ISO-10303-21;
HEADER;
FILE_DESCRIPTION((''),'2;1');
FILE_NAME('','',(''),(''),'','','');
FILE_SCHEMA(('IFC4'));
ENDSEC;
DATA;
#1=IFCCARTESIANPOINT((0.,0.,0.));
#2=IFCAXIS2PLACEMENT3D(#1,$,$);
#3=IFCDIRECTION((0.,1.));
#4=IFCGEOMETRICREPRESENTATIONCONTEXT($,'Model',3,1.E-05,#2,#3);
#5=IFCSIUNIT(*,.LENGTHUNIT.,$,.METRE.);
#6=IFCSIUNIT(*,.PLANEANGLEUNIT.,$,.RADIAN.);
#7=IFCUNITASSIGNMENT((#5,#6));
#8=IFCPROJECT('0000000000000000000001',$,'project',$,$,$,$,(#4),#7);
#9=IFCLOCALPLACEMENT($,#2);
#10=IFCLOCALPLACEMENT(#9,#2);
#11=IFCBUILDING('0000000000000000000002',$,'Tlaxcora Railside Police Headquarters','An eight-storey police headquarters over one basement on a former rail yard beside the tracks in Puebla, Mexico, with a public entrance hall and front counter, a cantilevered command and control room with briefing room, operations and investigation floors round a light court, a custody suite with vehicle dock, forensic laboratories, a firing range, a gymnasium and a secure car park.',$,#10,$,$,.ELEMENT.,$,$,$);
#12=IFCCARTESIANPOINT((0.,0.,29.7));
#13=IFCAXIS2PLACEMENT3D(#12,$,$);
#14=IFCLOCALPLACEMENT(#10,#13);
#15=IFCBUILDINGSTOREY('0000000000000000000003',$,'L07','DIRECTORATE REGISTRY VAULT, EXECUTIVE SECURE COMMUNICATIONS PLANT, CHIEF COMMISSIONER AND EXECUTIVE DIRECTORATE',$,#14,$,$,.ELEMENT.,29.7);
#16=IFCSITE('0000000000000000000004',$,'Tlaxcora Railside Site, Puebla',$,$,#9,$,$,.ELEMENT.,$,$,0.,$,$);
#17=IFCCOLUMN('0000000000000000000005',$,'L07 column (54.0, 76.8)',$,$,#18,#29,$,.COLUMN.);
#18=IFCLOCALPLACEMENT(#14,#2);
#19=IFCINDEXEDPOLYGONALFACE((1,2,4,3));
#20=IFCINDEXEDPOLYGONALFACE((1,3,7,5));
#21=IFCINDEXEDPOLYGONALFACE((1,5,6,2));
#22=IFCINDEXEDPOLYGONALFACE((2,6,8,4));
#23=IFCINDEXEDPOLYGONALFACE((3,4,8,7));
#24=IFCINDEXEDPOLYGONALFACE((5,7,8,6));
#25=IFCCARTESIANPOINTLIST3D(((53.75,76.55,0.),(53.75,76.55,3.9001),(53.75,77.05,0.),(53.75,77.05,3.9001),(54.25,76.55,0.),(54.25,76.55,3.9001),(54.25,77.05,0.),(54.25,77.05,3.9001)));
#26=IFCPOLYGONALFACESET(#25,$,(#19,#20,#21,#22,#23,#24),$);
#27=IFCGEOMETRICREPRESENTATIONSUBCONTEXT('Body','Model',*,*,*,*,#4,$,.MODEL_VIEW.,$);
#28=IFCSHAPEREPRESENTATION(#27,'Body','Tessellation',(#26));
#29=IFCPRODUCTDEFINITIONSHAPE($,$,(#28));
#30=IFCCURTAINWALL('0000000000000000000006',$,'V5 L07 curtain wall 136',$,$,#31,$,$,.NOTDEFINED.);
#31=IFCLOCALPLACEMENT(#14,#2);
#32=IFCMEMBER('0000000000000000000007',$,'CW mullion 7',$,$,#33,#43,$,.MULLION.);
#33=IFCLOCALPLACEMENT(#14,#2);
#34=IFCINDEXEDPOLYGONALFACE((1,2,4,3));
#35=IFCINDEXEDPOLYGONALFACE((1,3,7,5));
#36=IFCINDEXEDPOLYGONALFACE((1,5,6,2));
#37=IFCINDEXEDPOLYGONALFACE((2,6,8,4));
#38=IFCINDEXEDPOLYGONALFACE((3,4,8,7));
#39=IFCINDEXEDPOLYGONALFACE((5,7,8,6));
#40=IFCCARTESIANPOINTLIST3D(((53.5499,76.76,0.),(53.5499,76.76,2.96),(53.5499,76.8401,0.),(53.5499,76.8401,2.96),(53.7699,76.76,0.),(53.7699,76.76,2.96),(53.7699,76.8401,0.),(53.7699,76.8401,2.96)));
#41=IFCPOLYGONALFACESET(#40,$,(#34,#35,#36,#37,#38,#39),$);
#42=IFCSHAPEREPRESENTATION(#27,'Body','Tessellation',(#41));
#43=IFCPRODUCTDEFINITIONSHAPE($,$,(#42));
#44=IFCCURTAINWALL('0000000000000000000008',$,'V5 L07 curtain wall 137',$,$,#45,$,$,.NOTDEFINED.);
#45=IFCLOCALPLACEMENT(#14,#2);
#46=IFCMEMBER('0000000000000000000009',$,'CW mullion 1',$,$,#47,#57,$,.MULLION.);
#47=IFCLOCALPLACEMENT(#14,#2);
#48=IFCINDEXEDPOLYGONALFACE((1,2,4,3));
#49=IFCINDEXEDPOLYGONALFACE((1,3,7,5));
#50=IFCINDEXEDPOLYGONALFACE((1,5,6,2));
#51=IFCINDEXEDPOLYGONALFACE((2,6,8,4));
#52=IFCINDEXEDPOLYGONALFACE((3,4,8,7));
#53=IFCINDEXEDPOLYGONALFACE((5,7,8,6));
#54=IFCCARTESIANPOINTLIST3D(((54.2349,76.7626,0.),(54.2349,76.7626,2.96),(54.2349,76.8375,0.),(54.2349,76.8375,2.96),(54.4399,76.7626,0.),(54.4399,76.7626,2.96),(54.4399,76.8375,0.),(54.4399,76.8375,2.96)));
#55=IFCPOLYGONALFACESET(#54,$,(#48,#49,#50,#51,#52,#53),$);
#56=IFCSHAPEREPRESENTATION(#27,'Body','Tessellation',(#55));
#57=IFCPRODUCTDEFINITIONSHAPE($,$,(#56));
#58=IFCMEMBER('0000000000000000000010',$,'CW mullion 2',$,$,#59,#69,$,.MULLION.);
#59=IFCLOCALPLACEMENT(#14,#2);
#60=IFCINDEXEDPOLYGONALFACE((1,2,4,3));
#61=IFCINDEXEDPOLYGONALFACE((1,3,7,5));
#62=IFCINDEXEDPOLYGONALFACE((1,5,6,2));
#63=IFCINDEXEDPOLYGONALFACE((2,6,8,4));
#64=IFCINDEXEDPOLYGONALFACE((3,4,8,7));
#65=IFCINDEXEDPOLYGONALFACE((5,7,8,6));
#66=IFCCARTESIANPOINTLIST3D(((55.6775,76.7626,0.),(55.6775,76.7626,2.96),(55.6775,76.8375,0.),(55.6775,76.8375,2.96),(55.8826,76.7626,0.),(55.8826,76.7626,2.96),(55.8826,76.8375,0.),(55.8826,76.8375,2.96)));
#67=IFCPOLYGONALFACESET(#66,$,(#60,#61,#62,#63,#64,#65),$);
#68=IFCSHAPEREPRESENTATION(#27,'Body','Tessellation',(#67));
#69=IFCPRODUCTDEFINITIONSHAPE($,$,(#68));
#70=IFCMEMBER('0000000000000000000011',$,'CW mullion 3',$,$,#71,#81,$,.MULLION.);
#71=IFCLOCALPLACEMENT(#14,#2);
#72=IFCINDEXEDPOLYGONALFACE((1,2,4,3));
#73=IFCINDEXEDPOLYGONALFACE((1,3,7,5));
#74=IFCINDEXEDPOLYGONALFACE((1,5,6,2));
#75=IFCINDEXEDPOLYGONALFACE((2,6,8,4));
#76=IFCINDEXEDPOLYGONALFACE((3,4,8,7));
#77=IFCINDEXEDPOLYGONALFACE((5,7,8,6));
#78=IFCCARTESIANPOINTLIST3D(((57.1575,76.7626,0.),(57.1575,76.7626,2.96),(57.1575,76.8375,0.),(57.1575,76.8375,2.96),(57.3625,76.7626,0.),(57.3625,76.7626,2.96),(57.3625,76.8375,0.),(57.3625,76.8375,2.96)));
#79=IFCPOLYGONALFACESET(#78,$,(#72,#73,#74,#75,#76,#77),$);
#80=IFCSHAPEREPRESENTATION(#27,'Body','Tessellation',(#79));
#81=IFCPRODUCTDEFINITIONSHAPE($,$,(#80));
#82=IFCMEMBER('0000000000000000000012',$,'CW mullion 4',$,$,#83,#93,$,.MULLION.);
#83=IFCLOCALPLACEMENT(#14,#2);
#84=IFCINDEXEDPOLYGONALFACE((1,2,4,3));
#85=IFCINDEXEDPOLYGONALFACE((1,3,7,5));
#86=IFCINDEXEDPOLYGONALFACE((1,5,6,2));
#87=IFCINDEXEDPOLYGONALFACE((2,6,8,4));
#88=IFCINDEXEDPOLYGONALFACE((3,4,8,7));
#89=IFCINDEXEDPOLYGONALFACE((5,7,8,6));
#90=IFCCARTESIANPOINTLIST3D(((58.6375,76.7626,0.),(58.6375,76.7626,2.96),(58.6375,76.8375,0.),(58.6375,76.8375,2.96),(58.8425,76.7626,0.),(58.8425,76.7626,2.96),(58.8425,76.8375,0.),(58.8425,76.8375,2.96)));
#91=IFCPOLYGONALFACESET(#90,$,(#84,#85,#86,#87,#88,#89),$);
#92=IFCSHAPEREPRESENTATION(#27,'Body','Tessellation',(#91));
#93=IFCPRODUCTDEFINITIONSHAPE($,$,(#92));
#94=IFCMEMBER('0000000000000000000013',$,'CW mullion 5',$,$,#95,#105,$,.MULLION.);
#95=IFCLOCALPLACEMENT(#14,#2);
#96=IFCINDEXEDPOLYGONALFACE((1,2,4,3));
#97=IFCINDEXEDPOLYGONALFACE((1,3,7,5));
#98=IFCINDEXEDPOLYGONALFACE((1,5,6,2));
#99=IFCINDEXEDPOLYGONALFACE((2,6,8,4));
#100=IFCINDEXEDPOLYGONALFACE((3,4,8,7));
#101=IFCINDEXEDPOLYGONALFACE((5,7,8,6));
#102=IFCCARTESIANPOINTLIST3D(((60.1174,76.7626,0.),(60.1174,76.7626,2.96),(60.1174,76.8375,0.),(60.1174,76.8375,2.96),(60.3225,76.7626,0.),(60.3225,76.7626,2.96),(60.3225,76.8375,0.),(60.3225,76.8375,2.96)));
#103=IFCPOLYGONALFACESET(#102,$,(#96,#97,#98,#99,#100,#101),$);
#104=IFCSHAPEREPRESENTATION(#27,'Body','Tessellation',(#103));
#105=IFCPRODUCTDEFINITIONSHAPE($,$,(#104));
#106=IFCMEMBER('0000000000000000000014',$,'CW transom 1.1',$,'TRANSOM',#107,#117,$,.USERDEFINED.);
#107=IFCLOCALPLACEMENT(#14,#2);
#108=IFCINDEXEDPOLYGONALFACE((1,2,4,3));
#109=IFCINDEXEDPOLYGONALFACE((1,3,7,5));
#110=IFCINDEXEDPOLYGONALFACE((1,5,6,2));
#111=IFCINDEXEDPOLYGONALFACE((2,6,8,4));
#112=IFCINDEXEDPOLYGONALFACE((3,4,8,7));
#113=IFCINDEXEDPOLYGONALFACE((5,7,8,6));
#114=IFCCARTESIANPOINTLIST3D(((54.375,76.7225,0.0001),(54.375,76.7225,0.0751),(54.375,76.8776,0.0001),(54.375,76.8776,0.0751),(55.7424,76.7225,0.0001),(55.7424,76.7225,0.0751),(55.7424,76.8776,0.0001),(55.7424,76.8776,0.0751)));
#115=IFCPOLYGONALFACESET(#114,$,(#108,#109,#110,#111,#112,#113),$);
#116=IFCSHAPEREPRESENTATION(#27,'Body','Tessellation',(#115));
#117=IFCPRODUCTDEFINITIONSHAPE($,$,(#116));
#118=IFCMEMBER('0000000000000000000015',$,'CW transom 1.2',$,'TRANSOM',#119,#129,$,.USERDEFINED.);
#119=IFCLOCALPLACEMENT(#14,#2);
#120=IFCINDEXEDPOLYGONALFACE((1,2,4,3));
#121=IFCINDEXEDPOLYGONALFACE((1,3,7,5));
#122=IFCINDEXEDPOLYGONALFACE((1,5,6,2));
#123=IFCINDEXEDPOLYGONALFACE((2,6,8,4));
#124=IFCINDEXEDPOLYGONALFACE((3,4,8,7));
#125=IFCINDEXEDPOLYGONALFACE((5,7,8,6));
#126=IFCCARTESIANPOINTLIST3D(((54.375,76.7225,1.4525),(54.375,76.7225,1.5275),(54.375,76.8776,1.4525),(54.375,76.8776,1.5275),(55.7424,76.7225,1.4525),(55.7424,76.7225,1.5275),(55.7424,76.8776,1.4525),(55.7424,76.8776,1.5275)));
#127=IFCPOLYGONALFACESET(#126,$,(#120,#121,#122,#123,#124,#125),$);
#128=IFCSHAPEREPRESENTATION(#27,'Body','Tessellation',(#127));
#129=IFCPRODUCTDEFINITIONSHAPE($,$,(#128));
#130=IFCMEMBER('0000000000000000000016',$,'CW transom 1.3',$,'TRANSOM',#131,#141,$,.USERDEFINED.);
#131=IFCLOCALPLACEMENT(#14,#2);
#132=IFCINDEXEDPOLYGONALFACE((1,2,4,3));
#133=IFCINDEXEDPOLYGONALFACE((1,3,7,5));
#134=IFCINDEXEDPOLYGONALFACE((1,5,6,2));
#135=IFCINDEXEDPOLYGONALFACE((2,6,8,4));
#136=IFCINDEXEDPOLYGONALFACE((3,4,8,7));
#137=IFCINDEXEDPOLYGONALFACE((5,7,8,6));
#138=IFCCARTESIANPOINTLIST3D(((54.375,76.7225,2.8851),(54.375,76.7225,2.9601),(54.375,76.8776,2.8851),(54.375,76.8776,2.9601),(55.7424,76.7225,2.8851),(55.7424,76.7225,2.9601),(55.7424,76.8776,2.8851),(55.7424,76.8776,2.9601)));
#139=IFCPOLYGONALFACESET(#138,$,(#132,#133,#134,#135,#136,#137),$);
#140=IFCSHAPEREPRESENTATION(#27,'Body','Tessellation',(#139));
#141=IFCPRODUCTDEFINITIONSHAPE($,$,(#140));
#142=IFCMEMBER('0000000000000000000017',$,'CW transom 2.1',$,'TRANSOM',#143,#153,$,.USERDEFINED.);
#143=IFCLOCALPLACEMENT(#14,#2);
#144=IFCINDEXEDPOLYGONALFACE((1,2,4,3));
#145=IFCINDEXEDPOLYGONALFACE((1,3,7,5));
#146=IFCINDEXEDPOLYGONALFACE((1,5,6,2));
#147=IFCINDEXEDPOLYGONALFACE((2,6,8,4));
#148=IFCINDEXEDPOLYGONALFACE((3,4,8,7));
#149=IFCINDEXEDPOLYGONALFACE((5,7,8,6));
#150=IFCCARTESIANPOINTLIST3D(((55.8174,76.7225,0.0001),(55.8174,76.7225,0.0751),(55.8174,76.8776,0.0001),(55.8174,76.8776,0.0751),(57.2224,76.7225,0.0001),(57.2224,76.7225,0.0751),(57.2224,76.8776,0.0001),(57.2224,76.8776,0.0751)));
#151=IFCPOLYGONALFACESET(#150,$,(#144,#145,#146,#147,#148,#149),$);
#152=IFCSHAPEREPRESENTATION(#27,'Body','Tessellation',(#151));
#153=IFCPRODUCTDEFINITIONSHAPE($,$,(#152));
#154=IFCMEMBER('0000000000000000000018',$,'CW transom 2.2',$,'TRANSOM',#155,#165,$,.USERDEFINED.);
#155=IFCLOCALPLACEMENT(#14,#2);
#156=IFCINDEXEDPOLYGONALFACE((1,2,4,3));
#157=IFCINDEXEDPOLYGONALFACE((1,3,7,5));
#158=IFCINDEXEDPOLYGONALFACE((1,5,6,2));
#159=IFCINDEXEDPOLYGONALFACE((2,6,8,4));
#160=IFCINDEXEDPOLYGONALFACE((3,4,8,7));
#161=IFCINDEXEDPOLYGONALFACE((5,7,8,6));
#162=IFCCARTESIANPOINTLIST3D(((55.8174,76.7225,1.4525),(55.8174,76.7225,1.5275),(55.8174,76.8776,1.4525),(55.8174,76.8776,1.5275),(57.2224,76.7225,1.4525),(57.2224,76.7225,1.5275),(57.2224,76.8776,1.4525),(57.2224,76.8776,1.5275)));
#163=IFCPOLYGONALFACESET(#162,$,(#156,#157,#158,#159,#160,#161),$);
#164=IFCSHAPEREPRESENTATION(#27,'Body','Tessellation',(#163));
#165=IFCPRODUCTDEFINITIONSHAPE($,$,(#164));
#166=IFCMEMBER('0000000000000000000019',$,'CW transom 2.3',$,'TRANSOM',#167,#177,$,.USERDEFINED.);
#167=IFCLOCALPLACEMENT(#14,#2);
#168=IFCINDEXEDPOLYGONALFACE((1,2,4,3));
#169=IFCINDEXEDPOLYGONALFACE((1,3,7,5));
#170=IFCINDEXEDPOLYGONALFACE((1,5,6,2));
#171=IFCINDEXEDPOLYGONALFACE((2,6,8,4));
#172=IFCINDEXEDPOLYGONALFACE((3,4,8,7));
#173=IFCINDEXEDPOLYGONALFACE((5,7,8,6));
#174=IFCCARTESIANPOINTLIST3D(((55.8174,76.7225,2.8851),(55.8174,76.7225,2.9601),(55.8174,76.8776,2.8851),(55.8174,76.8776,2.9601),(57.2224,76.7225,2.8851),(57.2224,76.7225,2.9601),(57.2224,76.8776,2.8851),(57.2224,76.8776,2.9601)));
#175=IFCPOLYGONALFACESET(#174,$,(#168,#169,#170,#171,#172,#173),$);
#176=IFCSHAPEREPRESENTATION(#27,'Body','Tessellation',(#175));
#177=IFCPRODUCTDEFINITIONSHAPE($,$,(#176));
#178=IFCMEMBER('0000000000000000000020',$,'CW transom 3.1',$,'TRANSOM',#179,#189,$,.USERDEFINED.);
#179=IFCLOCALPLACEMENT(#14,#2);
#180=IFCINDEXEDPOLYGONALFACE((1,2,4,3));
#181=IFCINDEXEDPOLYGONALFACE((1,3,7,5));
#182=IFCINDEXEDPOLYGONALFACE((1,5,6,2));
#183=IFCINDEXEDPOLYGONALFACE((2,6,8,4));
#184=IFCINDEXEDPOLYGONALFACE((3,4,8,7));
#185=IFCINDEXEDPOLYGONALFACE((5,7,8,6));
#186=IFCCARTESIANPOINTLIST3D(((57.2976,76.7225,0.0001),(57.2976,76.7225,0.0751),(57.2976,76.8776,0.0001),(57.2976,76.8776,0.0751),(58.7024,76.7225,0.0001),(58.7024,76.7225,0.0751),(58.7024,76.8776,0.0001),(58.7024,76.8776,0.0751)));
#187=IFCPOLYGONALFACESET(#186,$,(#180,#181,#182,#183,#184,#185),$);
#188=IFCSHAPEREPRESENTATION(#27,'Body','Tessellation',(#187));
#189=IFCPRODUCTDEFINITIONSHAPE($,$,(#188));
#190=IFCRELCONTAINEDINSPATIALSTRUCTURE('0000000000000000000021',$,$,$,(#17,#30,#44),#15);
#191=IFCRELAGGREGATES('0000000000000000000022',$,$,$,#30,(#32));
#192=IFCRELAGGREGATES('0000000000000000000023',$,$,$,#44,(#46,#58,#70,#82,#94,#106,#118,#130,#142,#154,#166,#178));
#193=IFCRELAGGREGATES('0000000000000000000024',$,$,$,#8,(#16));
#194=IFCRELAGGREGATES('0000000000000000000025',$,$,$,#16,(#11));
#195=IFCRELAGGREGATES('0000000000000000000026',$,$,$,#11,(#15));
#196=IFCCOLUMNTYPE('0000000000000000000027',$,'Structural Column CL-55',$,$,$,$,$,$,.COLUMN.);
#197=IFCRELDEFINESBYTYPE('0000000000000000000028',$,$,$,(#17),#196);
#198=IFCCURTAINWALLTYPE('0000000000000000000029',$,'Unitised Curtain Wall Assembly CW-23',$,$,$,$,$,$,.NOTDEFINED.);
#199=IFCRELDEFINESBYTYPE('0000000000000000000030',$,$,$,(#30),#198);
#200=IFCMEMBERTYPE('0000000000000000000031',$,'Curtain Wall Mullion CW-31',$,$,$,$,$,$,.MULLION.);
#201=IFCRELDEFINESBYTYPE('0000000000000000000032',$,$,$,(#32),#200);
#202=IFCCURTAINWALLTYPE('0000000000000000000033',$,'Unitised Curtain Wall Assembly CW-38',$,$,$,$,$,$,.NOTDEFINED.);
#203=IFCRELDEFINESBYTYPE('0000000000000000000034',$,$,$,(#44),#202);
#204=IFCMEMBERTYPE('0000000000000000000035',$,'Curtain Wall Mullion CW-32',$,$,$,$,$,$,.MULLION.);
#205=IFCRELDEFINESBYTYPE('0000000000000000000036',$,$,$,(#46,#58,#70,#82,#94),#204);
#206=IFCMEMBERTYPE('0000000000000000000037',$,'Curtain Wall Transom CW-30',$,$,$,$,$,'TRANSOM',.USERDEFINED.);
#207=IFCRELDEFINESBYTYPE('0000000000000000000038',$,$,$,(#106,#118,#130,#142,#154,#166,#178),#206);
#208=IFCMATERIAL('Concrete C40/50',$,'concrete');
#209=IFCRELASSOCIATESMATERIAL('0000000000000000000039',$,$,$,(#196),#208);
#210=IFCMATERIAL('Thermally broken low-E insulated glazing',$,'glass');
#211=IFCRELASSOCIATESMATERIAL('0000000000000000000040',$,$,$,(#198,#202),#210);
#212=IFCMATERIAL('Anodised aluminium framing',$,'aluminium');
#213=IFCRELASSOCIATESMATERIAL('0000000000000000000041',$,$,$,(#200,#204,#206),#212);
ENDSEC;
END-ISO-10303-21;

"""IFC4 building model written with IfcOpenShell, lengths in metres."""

from ifc_helpers import new_model, si_unit, direction, frame, origin, origin_2d, place, context, subcontext, project, spatial, rectangle, extrude, material, material_profile, profile_set, type_object, element, aggregate, save


model = new_model("IFC4")

# Units and contexts
model_context = context("Model", 3, precision=1e-05, world=origin(), true_north=direction((0.0, 1.0)))
body_context = subcontext(model_context, "Body", "Model", "MODEL_VIEW")
ifc_project = project(units=[si_unit("LENGTHUNIT", "METRE"), si_unit("PLANEANGLEUNIT", "RADIAN")], contexts=[model_context])

# Site, building, storey
site_placement = place(None, origin())
site = spatial("IfcSite", under=ifc_project, at=site_placement, Name="Tlaxcora Railside Site, Puebla", CompositionType="ELEMENT", RefElevation=0.0)
building_placement = place(site_placement, origin())
building = spatial("IfcBuilding", under=site, at=building_placement, Name="Tlaxcora Railside Police Headquarters", Description="An eight-storey police headquarters over one basement on a former rail yard beside the tracks in Puebla, Mexico, with a public entrance hall and front counter, a cantilevered command and control room with briefing room, operations and investigation floors round a light court, a custody suite with vehicle dock, forensic laboratories, a firing range, a gymnasium and a secure car park.", CompositionType="ELEMENT")
storey_placement = place(building_placement, frame((0.0, 0.0, 29.7)))
storey = spatial("IfcBuildingStorey", under=building, at=storey_placement, Name="L07", Description="DIRECTORATE REGISTRY VAULT, EXECUTIVE SECURE COMMUNICATIONS PLANT, CHIEF COMMISSIONER AND EXECUTIVE DIRECTORATE", CompositionType="ELEMENT", Elevation=29.7)

# Column
ifc_material_1 = material(Name="Concrete C40/50", Category="concrete")
ifc_material_profile_1 = material_profile(ifc_material_1, rectangle(XDim=0.5, YDim=0.5, at=origin_2d()), Name="RC500X500")
ifc_profile_set_1 = profile_set([ifc_material_profile_1], Name="Concrete C40/50")
column_type = type_object("IfcColumnType", Name="Structural Column CL-55", PredefinedType="COLUMN", material=ifc_profile_set_1)
column_placement = place(storey_placement, frame((54.0, 76.8, 0.0), z_axis=(0.0, 0.0, 1.0), x_axis=(1.0, 0.0, 0.0)))
element("IfcColumn", 1, at=column_placement, inside=storey, type_object=column_type, Name="L07 column (54.0, 76.8)", PredefinedType="COLUMN", context=body_context, shape_type="SweptSolid", body=[
    extrude(rectangle(XDim=0.5, YDim=0.5, at=origin_2d()), origin(), (0.0, 0.0, 1.0), 3.9001),
])

# Curtain wall, member
ifc_material_2 = material(Name="Thermally broken low-E insulated glazing", Category="glass")
curtain_wall_type_1 = type_object("IfcCurtainWallType", Name="Unitised Curtain Wall Assembly CW-23", PredefinedType="NOTDEFINED", material=ifc_material_2)
curtain_wall_1_placement = place(storey_placement, origin())
curtain_wall_1 = element("IfcCurtainWall", 2, at=curtain_wall_1_placement, inside=storey, type_object=curtain_wall_type_1, Name="V5 L07 curtain wall 136", PredefinedType="NOTDEFINED")
ifc_material_3 = material(Name="Anodised aluminium framing", Category="aluminium")
ifc_material_profile_2 = material_profile(ifc_material_3, rectangle(XDim=0.0801, YDim=0.22, at=origin_2d()), Name="AL80X220")
ifc_profile_set_2 = profile_set([ifc_material_profile_2], Name="Anodised aluminium framing")
member_type_1 = type_object("IfcMemberType", Name="Curtain Wall Mullion CW-31", PredefinedType="MULLION", material=ifc_profile_set_2)
member_1_placement = place(storey_placement, frame((53.6599, 76.8, 0.0), z_axis=(0.0, 0.0, 1.0), x_axis=(0.0, 1.0, 0.0)))
member_1 = element("IfcMember", 3, at=member_1_placement, type_object=member_type_1, Name="CW mullion 7", PredefinedType="MULLION", context=body_context, shape_type="SweptSolid", body=[
    extrude(rectangle(XDim=0.0801, YDim=0.22, at=origin_2d()), origin(), (0.0, 0.0, 1.0), 2.96),
])
aggregate(curtain_wall_1, [member_1])

# Curtain wall, members
curtain_wall_type_2 = type_object("IfcCurtainWallType", Name="Unitised Curtain Wall Assembly CW-38", PredefinedType="NOTDEFINED", material=ifc_material_2)
curtain_wall_2_placement = place(storey_placement, origin())
curtain_wall_2 = element("IfcCurtainWall", 4, at=curtain_wall_2_placement, inside=storey, type_object=curtain_wall_type_2, Name="V5 L07 curtain wall 137", PredefinedType="NOTDEFINED")
ifc_material_profile_3 = material_profile(ifc_material_3, rectangle(XDim=0.075, YDim=0.2051, at=origin_2d()), Name="AL75X205")
ifc_profile_set_3 = profile_set([ifc_material_profile_3], Name="Anodised aluminium framing")
member_type_2 = type_object("IfcMemberType", Name="Curtain Wall Mullion CW-32", PredefinedType="MULLION", material=ifc_profile_set_3)
member_2_placement = place(storey_placement, frame((54.3374, 76.8, 0.0), z_axis=(0.0, 0.0, 1.0), x_axis=(0.0, 1.0, 0.0)))
member_2 = element("IfcMember", 5, at=member_2_placement, type_object=member_type_2, Name="CW mullion 1", PredefinedType="MULLION", context=body_context, shape_type="SweptSolid", body=[
    extrude(rectangle(XDim=0.075, YDim=0.2051, at=origin_2d()), origin(), (0.0, 0.0, 1.0), 2.96),
])
member_3_placement = place(storey_placement, frame((55.78, 76.8, 0.0), z_axis=(0.0, 0.0, 1.0), x_axis=(0.0, 1.0, 0.0)))
member_3 = element("IfcMember", 6, at=member_3_placement, type_object=member_type_2, Name="CW mullion 2", PredefinedType="MULLION", context=body_context, shape_type="SweptSolid", body=[
    extrude(rectangle(XDim=0.075, YDim=0.2051, at=origin_2d()), origin(), (0.0, 0.0, 1.0), 2.96),
])
member_4_placement = place(storey_placement, frame((57.26, 76.8, 0.0), z_axis=(0.0, 0.0, 1.0), x_axis=(0.0, 1.0, 0.0)))
member_4 = element("IfcMember", 7, at=member_4_placement, type_object=member_type_2, Name="CW mullion 3", PredefinedType="MULLION", context=body_context, shape_type="SweptSolid", body=[
    extrude(rectangle(XDim=0.075, YDim=0.2051, at=origin_2d()), origin(), (0.0, 0.0, 1.0), 2.96),
])
member_5_placement = place(storey_placement, frame((58.74, 76.8, 0.0), z_axis=(0.0, 0.0, 1.0), x_axis=(0.0, 1.0, 0.0)))
member_5 = element("IfcMember", 8, at=member_5_placement, type_object=member_type_2, Name="CW mullion 4", PredefinedType="MULLION", context=body_context, shape_type="SweptSolid", body=[
    extrude(rectangle(XDim=0.075, YDim=0.2051, at=origin_2d()), origin(), (0.0, 0.0, 1.0), 2.96),
])
member_6_placement = place(storey_placement, frame((60.22, 76.8, 0.0), z_axis=(0.0, 0.0, 1.0), x_axis=(0.0, 1.0, 0.0)))
member_6 = element("IfcMember", 9, at=member_6_placement, type_object=member_type_2, Name="CW mullion 5", PredefinedType="MULLION", context=body_context, shape_type="SweptSolid", body=[
    extrude(rectangle(XDim=0.075, YDim=0.2051, at=origin_2d()), origin(), (0.0, 0.0, 1.0), 2.96),
])
ifc_material_profile_4 = material_profile(ifc_material_3, rectangle(XDim=0.155, YDim=0.075, at=origin_2d()), Name="AL75X155")
ifc_profile_set_4 = profile_set([ifc_material_profile_4], Name="Anodised aluminium framing")
member_type_3 = type_object("IfcMemberType", Name="Curtain Wall Transom CW-30", ElementType="TRANSOM", PredefinedType="USERDEFINED", material=ifc_profile_set_4)
member_7_placement = place(storey_placement, frame((54.375, 76.8, 0.0376), z_axis=(1.0, 0.0, 0.0), x_axis=(0.0, 1.0, 0.0)))
member_7 = element("IfcMember", 10, at=member_7_placement, type_object=member_type_3, Name="CW transom 1.1", ObjectType="TRANSOM", PredefinedType="USERDEFINED", context=body_context, shape_type="SweptSolid", body=[
    extrude(rectangle(XDim=0.155, YDim=0.075, at=origin_2d()), origin(), (0.0, 0.0, 1.0), 1.3674),
])
member_8_placement = place(storey_placement, frame((54.375, 76.8, 1.49), z_axis=(1.0, 0.0, 0.0), x_axis=(0.0, 1.0, 0.0)))
member_8 = element("IfcMember", 11, at=member_8_placement, type_object=member_type_3, Name="CW transom 1.2", ObjectType="TRANSOM", PredefinedType="USERDEFINED", context=body_context, shape_type="SweptSolid", body=[
    extrude(rectangle(XDim=0.155, YDim=0.075, at=origin_2d()), origin(), (0.0, 0.0, 1.0), 1.3674),
])
member_9_placement = place(storey_placement, frame((54.375, 76.8, 2.9226), z_axis=(1.0, 0.0, 0.0), x_axis=(0.0, 1.0, 0.0)))
member_9 = element("IfcMember", 12, at=member_9_placement, type_object=member_type_3, Name="CW transom 1.3", ObjectType="TRANSOM", PredefinedType="USERDEFINED", context=body_context, shape_type="SweptSolid", body=[
    extrude(rectangle(XDim=0.155, YDim=0.075, at=origin_2d()), origin(), (0.0, 0.0, 1.0), 1.3674),
])
member_10_placement = place(storey_placement, frame((55.8174, 76.8, 0.0376), z_axis=(1.0, 0.0, 0.0), x_axis=(0.0, 1.0, 0.0)))
member_10 = element("IfcMember", 13, at=member_10_placement, type_object=member_type_3, Name="CW transom 2.1", ObjectType="TRANSOM", PredefinedType="USERDEFINED", context=body_context, shape_type="SweptSolid", body=[
    extrude(rectangle(XDim=0.155, YDim=0.075, at=origin_2d()), origin(), (0.0, 0.0, 1.0), 1.405),
])
member_11_placement = place(storey_placement, frame((55.8174, 76.8, 1.49), z_axis=(1.0, 0.0, 0.0), x_axis=(0.0, 1.0, 0.0)))
member_11 = element("IfcMember", 14, at=member_11_placement, type_object=member_type_3, Name="CW transom 2.2", ObjectType="TRANSOM", PredefinedType="USERDEFINED", context=body_context, shape_type="SweptSolid", body=[
    extrude(rectangle(XDim=0.155, YDim=0.075, at=origin_2d()), origin(), (0.0, 0.0, 1.0), 1.405),
])
member_12_placement = place(storey_placement, frame((55.8174, 76.8, 2.9226), z_axis=(1.0, 0.0, 0.0), x_axis=(0.0, 1.0, 0.0)))
member_12 = element("IfcMember", 15, at=member_12_placement, type_object=member_type_3, Name="CW transom 2.3", ObjectType="TRANSOM", PredefinedType="USERDEFINED", context=body_context, shape_type="SweptSolid", body=[
    extrude(rectangle(XDim=0.155, YDim=0.075, at=origin_2d()), origin(), (0.0, 0.0, 1.0), 1.405),
])
member_13_placement = place(storey_placement, frame((57.2976, 76.8, 0.0376), z_axis=(1.0, 0.0, 0.0), x_axis=(0.0, 1.0, 0.0)))
member_13 = element("IfcMember", 16, at=member_13_placement, type_object=member_type_3, Name="CW transom 3.1", ObjectType="TRANSOM", PredefinedType="USERDEFINED", context=body_context, shape_type="SweptSolid", body=[
    extrude(rectangle(XDim=0.155, YDim=0.075, at=origin_2d()), origin(), (0.0, 0.0, 1.0), 1.4048),
])

aggregate(curtain_wall_2, [member_2, member_3, member_4, member_5, member_6, member_7, member_8, member_9, member_10, member_11, member_12, member_13])

save(model, "model.ifc")
